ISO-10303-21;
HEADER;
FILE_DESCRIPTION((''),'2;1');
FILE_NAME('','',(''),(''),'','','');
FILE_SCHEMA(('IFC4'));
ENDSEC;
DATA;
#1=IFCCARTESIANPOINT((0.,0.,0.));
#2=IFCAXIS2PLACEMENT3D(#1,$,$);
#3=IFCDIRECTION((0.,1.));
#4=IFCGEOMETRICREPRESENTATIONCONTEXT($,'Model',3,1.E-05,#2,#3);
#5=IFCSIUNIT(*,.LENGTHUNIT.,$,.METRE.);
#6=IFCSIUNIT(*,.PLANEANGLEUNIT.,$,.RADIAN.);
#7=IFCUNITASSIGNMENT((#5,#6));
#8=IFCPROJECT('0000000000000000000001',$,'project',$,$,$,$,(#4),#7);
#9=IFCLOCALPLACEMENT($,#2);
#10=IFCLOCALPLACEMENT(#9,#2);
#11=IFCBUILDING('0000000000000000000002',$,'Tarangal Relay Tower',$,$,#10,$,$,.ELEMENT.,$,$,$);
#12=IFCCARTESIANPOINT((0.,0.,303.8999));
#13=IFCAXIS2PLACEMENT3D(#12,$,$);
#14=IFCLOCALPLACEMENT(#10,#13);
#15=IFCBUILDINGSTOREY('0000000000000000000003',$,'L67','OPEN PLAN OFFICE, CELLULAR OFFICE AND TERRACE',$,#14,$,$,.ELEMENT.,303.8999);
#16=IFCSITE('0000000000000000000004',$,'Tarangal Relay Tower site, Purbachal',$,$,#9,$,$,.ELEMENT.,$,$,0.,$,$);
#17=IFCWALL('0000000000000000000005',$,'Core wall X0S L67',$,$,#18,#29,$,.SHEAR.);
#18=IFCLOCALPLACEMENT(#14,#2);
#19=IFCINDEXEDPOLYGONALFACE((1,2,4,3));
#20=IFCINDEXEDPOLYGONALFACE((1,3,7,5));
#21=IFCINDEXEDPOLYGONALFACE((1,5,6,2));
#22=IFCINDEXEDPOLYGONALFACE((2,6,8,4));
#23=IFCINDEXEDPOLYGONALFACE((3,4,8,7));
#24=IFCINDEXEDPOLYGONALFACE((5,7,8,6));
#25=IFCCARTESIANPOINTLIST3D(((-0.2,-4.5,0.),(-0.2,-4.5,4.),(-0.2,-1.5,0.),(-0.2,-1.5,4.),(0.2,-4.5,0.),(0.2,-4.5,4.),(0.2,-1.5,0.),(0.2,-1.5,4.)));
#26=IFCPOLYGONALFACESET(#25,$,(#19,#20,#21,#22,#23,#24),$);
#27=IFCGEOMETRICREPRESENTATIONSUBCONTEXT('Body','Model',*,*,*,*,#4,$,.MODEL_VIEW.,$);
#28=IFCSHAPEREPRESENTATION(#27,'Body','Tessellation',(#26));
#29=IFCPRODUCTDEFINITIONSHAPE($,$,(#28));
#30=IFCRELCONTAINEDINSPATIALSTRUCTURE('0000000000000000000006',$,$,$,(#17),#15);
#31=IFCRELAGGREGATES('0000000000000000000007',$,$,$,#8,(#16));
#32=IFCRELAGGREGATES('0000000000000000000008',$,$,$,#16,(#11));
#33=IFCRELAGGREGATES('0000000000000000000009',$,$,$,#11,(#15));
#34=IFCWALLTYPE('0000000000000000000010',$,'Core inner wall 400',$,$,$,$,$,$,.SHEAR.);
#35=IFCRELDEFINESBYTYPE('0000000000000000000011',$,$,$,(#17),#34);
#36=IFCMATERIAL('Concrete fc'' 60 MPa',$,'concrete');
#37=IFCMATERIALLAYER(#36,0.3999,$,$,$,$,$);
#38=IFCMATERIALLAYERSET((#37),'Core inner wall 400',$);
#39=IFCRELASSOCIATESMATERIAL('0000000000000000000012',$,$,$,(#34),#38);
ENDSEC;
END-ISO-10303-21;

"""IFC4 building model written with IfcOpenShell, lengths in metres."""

from ifc_helpers import new_model, si_unit, direction, frame, frame_2d, origin, place, context, subcontext, project, spatial, rectangle, extrude, material, layer, layer_set, type_object, element, save


model = new_model("IFC4")

# Units and contexts
model_context = context("Model", 3, precision=1e-05, world=origin(), true_north=direction((0.0, 1.0)))
body_context = subcontext(model_context, "Body", "Model", "MODEL_VIEW")
ifc_project = project(units=[si_unit("LENGTHUNIT", "METRE"), si_unit("PLANEANGLEUNIT", "RADIAN")], contexts=[model_context])

# Site, building, storey
site_placement = place(None, origin())
site = spatial("IfcSite", under=ifc_project, at=site_placement, Name="Tarangal Relay Tower site, Purbachal", CompositionType="ELEMENT", RefElevation=0.0)
building_placement = place(site_placement, origin())
building = spatial("IfcBuilding", under=site, at=building_placement, Name="Tarangal Relay Tower", CompositionType="ELEMENT")
storey_placement = place(building_placement, frame((0.0, 0.0, 303.8999)))
storey = spatial("IfcBuildingStorey", under=building, at=storey_placement, Name="L67", Description="OPEN PLAN OFFICE, CELLULAR OFFICE AND TERRACE", CompositionType="ELEMENT", Elevation=303.8999)

# Shared definitions
ifc_material_1 = material(Name="Concrete fc' 60 MPa", Category="concrete")
ifc_layer_1 = layer(ifc_material_1, 0.3999)
ifc_layer_set_1 = layer_set([ifc_layer_1], Name="Core inner wall 400")
wall_type_1 = type_object("IfcWallType", Name="Core inner wall 400", PredefinedType="SHEAR", material=ifc_layer_set_1)

# Wall
for number, where, z_axis, x_axis, name in (
    (1, (0.0, -4.5, 0.0), (0.0, 0.0, 1.0), (0.0, 1.0, 0.0), "Core wall X0S L67"),
):
    element("IfcWall", number, at=place(storey_placement, frame(where, z_axis=z_axis, x_axis=x_axis)), inside=storey, type_object=wall_type_1, Name=name, PredefinedType="SHEAR", context=body_context, shape_type="SweptSolid", body=[
        extrude(rectangle(XDim=3.0, YDim=0.3999, at=frame_2d((1.5, 0.0))), origin(), (0.0, 0.0, 1.0), 4.0),
    ])

save(model, "model.ifc")
